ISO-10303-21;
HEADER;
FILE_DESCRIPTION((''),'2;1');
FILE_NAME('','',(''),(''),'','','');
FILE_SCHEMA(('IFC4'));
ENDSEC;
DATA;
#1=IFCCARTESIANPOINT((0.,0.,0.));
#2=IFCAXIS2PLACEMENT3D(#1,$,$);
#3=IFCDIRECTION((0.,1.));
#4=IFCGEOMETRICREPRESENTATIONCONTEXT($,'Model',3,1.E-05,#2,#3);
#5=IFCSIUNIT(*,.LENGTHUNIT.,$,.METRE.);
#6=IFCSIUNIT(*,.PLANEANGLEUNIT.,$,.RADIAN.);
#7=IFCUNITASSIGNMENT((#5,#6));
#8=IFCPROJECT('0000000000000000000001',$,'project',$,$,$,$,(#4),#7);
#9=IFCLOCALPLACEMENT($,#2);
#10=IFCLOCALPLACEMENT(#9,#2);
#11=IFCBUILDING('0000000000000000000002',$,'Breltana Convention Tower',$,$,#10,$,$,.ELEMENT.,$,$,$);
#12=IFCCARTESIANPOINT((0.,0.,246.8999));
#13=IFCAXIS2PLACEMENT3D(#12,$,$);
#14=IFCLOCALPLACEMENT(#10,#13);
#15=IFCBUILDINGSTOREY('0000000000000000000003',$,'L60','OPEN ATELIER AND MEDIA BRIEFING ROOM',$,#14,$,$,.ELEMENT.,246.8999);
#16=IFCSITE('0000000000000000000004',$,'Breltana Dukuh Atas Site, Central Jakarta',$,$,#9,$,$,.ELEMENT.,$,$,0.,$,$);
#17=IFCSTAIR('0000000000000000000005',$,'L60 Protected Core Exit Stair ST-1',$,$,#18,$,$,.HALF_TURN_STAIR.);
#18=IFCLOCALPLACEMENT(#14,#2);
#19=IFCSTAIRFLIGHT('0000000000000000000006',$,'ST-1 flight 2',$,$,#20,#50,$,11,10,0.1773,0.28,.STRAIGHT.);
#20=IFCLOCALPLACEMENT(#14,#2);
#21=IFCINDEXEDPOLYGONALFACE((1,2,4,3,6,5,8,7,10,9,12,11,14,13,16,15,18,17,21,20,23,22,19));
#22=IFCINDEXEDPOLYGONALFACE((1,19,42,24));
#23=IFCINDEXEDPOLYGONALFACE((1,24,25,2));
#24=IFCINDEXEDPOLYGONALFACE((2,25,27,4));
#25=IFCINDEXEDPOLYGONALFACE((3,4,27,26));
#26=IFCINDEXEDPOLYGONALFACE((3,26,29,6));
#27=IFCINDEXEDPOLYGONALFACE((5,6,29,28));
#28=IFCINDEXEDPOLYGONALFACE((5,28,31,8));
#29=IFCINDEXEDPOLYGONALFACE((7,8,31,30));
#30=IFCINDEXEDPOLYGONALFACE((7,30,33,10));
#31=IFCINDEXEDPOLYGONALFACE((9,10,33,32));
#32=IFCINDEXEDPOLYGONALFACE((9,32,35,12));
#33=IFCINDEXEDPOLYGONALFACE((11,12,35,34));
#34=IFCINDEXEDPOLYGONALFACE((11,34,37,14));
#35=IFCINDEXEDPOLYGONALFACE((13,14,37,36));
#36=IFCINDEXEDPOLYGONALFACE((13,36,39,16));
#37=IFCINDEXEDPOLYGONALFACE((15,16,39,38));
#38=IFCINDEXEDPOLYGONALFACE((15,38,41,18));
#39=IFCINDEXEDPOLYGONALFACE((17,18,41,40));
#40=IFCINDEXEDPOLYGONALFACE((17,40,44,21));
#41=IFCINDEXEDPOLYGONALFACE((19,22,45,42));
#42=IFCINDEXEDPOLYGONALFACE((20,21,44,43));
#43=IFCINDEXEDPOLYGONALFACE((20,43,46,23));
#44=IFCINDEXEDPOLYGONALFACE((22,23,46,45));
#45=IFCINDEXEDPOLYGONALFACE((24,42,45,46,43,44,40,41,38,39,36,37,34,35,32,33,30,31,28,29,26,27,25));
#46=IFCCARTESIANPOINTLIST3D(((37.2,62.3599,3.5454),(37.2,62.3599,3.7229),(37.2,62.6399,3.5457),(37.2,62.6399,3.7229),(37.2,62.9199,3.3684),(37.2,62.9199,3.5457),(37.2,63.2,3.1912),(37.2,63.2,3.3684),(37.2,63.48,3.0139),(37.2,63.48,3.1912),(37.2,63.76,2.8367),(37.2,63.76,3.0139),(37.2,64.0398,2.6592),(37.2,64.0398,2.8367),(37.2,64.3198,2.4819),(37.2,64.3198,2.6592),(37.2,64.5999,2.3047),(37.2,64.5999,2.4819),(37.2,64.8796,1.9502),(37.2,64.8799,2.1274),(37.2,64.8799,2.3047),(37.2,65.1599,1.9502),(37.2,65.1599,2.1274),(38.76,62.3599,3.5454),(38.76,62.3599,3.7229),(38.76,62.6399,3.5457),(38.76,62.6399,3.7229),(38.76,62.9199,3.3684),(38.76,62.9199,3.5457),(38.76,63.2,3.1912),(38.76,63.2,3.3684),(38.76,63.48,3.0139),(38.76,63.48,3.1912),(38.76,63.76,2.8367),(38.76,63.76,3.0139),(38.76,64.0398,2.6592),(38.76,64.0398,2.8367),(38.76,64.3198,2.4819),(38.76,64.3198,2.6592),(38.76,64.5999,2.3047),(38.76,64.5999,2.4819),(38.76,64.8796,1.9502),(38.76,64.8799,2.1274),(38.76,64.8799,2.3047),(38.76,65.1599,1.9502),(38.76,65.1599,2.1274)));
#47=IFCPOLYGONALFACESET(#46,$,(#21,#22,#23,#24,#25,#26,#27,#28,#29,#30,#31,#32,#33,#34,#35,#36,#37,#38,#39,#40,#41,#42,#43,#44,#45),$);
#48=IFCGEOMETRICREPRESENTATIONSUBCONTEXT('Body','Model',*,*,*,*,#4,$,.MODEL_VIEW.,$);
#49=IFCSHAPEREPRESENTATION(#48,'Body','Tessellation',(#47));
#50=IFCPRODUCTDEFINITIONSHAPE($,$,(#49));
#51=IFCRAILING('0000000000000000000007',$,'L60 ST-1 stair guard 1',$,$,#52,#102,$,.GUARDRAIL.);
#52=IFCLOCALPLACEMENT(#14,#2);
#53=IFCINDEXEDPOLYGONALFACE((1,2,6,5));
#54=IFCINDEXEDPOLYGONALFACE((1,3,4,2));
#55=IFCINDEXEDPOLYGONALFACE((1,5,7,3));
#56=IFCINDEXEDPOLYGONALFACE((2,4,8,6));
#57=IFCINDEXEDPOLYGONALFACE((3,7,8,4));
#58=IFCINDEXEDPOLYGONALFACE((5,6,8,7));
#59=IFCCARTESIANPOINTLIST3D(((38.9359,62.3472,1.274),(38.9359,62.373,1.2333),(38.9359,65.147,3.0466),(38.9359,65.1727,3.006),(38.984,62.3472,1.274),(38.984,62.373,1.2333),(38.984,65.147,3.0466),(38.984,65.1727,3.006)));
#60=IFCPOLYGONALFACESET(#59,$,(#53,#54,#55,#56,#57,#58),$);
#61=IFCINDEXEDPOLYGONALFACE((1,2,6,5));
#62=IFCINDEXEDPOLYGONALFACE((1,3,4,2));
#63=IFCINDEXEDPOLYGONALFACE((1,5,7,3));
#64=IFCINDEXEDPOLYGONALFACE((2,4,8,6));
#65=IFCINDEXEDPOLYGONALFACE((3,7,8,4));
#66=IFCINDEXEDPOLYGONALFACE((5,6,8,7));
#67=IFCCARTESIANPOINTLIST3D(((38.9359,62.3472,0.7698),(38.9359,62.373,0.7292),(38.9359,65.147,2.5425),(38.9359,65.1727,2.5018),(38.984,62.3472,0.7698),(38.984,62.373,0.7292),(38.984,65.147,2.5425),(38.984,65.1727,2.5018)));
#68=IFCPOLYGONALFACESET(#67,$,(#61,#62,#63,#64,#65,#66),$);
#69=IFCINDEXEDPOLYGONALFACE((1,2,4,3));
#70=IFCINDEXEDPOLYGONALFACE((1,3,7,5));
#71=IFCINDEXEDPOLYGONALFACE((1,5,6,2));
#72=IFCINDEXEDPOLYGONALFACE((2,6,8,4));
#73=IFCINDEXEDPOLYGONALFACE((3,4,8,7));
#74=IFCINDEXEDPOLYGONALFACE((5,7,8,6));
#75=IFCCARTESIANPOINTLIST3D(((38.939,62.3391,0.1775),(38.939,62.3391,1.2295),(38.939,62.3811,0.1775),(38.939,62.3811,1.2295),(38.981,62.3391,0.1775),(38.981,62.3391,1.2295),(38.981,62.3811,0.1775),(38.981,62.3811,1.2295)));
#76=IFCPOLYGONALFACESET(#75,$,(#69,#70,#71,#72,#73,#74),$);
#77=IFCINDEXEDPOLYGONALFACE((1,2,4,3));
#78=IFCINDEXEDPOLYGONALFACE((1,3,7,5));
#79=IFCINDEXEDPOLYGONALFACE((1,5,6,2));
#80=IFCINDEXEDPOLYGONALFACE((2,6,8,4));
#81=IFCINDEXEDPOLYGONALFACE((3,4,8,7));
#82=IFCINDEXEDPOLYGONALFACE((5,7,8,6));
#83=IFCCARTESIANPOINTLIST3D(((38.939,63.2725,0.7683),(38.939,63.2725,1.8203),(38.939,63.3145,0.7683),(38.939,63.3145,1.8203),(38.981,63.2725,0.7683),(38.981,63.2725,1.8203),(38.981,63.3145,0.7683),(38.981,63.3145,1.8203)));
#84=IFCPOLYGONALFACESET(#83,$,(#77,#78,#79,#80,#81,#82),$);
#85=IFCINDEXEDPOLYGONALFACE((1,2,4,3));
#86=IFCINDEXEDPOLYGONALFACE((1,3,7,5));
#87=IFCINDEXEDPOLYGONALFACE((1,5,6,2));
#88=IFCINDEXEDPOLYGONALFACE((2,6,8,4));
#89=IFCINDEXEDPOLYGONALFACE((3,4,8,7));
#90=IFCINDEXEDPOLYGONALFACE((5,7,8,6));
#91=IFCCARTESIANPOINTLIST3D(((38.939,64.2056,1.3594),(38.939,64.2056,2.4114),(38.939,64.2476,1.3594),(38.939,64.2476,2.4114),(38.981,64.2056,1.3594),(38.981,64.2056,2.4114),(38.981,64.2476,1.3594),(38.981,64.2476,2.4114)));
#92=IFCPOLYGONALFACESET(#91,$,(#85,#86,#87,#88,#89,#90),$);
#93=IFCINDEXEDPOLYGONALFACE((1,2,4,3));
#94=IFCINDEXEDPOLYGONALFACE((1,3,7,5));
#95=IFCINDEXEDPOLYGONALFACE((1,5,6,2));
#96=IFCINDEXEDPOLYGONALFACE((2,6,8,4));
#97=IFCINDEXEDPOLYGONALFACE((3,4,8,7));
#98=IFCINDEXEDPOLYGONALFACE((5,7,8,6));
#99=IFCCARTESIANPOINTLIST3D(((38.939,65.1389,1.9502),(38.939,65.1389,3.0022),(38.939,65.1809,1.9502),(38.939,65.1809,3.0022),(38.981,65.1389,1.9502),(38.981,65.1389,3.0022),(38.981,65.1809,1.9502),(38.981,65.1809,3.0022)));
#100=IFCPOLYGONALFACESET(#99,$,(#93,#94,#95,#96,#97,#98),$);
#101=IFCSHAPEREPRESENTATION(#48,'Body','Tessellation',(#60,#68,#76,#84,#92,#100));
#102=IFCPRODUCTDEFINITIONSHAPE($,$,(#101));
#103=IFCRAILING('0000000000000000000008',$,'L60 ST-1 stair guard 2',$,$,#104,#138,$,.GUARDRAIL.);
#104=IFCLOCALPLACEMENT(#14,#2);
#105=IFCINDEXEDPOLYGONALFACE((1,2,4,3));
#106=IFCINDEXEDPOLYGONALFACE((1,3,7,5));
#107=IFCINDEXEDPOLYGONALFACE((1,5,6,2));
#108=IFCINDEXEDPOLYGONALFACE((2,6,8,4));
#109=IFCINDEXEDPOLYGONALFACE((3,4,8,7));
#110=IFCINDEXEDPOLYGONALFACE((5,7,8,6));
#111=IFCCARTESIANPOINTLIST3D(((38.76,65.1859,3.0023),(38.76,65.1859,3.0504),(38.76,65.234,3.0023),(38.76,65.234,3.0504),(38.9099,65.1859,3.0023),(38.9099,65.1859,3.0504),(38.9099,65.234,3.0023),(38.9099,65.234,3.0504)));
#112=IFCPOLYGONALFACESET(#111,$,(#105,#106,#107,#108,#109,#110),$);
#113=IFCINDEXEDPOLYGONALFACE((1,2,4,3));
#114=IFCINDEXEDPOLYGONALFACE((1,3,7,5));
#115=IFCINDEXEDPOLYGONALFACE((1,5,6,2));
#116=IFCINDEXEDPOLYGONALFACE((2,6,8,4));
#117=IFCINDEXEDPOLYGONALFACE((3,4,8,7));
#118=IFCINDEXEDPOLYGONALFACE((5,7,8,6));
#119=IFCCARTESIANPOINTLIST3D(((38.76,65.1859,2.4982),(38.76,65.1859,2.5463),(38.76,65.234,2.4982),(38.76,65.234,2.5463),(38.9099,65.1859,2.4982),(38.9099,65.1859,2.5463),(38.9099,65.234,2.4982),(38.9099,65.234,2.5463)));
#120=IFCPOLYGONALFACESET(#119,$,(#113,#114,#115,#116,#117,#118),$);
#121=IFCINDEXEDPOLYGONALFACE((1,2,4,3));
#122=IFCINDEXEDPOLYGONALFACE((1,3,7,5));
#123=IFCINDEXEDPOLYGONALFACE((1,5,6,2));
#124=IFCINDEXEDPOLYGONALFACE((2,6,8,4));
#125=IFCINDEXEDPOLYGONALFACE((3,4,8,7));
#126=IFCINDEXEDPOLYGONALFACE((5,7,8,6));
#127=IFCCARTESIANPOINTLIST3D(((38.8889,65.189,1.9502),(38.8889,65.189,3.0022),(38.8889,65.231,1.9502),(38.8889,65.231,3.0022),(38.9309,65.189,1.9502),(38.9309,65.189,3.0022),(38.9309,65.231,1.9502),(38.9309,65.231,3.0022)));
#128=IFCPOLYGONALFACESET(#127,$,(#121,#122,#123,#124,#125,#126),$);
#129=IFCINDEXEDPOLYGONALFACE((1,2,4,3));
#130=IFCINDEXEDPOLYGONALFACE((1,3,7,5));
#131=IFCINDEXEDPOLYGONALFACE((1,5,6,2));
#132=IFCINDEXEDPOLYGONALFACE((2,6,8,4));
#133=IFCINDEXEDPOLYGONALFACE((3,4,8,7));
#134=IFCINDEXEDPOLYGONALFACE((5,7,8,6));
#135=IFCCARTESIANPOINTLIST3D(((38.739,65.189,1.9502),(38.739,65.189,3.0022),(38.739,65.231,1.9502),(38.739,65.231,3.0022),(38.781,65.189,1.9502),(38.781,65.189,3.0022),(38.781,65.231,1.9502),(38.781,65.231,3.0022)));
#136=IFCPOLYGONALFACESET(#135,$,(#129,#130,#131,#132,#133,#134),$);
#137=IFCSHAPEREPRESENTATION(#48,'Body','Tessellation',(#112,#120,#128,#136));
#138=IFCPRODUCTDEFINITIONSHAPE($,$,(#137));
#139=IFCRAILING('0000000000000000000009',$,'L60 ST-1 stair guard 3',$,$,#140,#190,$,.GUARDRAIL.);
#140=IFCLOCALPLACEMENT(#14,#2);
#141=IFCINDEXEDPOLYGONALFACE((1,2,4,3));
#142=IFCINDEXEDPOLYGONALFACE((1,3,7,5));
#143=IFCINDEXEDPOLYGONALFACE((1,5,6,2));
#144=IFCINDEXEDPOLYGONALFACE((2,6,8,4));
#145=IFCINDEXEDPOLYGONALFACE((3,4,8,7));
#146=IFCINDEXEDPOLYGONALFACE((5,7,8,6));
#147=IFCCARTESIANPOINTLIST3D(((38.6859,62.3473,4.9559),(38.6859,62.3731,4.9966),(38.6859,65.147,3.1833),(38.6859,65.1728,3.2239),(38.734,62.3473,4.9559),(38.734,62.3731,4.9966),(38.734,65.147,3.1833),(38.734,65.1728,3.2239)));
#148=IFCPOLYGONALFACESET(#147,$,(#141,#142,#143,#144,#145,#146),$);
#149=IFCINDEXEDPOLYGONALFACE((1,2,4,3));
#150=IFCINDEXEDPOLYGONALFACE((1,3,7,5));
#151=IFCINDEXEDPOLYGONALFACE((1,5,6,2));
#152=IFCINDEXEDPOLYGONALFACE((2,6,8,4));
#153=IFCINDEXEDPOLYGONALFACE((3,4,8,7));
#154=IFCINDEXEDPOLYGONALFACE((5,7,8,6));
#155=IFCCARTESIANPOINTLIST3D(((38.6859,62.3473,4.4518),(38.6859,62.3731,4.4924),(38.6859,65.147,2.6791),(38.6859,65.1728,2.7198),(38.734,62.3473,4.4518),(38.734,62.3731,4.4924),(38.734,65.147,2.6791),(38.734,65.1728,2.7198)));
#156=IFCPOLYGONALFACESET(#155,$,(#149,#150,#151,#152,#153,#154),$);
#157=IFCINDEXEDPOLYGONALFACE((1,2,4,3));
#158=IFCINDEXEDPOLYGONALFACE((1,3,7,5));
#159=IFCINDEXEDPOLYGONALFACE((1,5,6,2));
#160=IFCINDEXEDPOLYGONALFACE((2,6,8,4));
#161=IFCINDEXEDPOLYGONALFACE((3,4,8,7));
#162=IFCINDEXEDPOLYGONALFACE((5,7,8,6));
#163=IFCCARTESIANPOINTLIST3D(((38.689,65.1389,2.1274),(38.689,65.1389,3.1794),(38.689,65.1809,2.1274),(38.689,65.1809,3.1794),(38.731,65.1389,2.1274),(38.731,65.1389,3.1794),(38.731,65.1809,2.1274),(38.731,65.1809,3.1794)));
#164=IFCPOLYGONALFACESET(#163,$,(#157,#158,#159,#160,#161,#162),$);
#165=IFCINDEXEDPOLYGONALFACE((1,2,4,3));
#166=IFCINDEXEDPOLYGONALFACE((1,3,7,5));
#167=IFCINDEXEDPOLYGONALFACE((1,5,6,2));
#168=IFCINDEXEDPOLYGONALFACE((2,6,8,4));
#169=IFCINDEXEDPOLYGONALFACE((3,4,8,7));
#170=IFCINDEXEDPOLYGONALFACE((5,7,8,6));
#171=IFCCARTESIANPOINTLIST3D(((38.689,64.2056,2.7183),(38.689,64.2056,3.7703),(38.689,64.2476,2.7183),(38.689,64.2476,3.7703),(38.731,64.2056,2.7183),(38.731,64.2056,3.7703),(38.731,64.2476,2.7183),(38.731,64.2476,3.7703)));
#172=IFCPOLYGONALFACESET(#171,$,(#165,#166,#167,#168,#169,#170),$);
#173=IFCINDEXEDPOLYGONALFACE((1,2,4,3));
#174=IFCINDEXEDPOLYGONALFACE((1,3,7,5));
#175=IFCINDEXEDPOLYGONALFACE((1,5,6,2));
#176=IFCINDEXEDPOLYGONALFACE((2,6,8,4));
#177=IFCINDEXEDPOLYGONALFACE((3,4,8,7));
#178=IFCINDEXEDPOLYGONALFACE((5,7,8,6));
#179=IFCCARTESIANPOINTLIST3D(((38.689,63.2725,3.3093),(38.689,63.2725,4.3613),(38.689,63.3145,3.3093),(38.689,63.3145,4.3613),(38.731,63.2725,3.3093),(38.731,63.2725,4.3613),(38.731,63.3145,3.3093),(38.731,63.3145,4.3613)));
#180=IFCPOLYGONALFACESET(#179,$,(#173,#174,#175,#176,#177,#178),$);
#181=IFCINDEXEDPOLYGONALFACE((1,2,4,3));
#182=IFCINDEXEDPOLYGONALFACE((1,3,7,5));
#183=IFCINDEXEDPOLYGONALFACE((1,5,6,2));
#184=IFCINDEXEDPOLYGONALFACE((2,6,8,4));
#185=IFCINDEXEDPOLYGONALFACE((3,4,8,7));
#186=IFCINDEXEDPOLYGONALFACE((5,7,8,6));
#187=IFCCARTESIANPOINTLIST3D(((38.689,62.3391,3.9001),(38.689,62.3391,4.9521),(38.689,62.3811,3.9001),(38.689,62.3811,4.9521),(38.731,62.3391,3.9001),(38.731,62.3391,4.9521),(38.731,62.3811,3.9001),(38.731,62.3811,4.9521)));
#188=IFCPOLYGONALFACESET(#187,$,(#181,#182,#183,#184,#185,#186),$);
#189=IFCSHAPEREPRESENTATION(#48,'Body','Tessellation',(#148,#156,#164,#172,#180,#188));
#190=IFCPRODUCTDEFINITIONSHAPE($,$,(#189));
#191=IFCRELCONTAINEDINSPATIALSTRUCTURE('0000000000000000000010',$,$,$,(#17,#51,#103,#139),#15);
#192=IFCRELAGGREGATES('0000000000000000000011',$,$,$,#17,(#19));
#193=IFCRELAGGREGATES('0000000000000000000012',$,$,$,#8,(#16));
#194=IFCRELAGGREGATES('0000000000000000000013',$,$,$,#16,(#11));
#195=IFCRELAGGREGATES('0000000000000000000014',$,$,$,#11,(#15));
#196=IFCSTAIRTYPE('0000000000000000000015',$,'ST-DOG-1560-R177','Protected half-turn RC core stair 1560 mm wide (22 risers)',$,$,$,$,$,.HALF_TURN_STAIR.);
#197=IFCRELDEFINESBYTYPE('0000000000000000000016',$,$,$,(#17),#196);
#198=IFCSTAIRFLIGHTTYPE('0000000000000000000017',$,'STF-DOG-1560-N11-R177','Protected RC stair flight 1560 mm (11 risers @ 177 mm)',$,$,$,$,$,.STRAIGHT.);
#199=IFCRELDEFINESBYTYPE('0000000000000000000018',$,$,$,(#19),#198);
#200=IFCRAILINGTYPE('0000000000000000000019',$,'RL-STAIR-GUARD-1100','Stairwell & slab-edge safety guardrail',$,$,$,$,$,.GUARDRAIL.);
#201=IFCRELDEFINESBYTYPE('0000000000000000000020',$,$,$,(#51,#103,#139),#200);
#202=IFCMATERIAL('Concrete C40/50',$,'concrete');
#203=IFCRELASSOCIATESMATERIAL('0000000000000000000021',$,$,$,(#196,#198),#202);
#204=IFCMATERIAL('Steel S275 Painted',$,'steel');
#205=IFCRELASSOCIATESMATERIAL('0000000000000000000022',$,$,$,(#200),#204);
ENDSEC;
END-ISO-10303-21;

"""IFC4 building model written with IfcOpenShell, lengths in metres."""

from ifc_helpers import new_model, si_unit, direction, frame, origin, origin_2d, place, context, subcontext, project, spatial, polyline, rectangle, outline, extrude, material, type_object, element, aggregate, save


model = new_model("IFC4")

# Units and contexts
model_context = context("Model", 3, precision=1e-05, world=origin(), true_north=direction((0.0, 1.0)))
body_context = subcontext(model_context, "Body", "Model", "MODEL_VIEW")
ifc_project = project(units=[si_unit("LENGTHUNIT", "METRE"), si_unit("PLANEANGLEUNIT", "RADIAN")], contexts=[model_context])

# Site, building, storey
site_placement = place(None, origin())
site = spatial("IfcSite", under=ifc_project, at=site_placement, Name="Breltana Dukuh Atas Site, Central Jakarta", CompositionType="ELEMENT", RefElevation=0.0)
building_placement = place(site_placement, origin())
building = spatial("IfcBuilding", under=site, at=building_placement, Name="Breltana Convention Tower", CompositionType="ELEMENT")
storey_placement = place(building_placement, frame((0.0, 0.0, 246.8999)))
storey = spatial("IfcBuildingStorey", under=building, at=storey_placement, Name="L60", Description="OPEN ATELIER AND MEDIA BRIEFING ROOM", CompositionType="ELEMENT", Elevation=246.8999)

# Stair, stair flight
ifc_material_1 = material(Name="Concrete C40/50", Category="concrete")
stair_type = type_object("IfcStairType", Name="ST-DOG-1560-R177", Description="Protected half-turn RC core stair 1560 mm wide (22 risers)", PredefinedType="HALF_TURN_STAIR", material=ifc_material_1)
stair_placement = place(storey_placement, origin())
stair = element("IfcStair", 1, at=stair_placement, inside=storey, type_object=stair_type, Name="L60 Protected Core Exit Stair ST-1", PredefinedType="HALF_TURN_STAIR")
stair_flight_type = type_object("IfcStairFlightType", Name="STF-DOG-1560-N11-R177", Description="Protected RC stair flight 1560 mm (11 risers @ 177 mm)", PredefinedType="STRAIGHT", material=ifc_material_1)
stair_flight_1_placement = place(storey_placement, frame((37.98, 65.1599, 1.9502), z_axis=(0.0, 0.0, 1.0), x_axis=(0.0, -1.0, 0.0)))
stair_flight_1 = element("IfcStairFlight", 2, at=stair_flight_1_placement, type_object=stair_flight_type, Name="ST-1 flight 2", NumberOfRisers=11, NumberOfTreads=10, PredefinedType="STRAIGHT", RiserHeight=0.1773, TreadLength=0.28, context=body_context, shape_type="SweptSolid", body=[
    extrude(outline(polyline([(0.0, 0.0), (0.0, 0.1772), (0.28, 0.1772), (0.28, 0.3545), (0.5601, 0.3545), (0.5601, 0.5317), (0.8401, 0.5317), (0.8401, 0.709), (1.1201, 0.709), (1.1201, 0.8865), (1.3999, 0.8865), (1.3999, 1.0637), (1.6799, 1.0637), (1.6799, 1.241), (1.96, 1.241), (1.96, 1.4182), (2.24, 1.4182), (2.24, 1.5955), (2.52, 1.5955), (2.52, 1.7727), (2.8, 1.7727), (2.8, 1.95), (2.8, 1.5952), (0.2803, 0.0), (0.0, 0.0)])), frame((0.0, 0.78, 0.0), z_axis=(0.0, -1.0, 0.0), x_axis=(1.0, 0.0, 0.0)), (0.0, 0.0, 1.0), 1.5601),
])
aggregate(stair, [stair_flight_1])

# Railings
ifc_material_2 = material(Name="Steel S275 Painted", Category="steel")
railing_type_1 = type_object("IfcRailingType", Name="RL-STAIR-GUARD-1100", Description="Stairwell & slab-edge safety guardrail", PredefinedType="GUARDRAIL", material=ifc_material_2)
railing_1_placement = place(storey_placement, frame((38.96, 62.3601, 0.1775)))
element("IfcRailing", 3, at=railing_1_placement, inside=storey, type_object=railing_type_1, Name="L60 ST-1 stair guard 1", PredefinedType="GUARDRAIL", context=body_context, shape_type="SweptSolid", body=[
    extrude(rectangle(XDim=0.0481, YDim=0.0481, at=origin_2d()), frame((0.0, 0.0, 1.0762), z_axis=(0.0, 0.844888, 0.534943), x_axis=(-1.0, 0.0, 0.0)), (0.0, 0.0, 1.0), 3.3137),
    extrude(rectangle(XDim=0.0481, YDim=0.0481, at=origin_2d()), frame((0.0, 0.0, 0.572), z_axis=(0.0, 0.844888, 0.534943), x_axis=(-1.0, 0.0, 0.0)), (0.0, 0.0, 1.0), 3.3137),
    extrude(rectangle(XDim=0.042, YDim=0.042, at=origin_2d()), origin(), (0.0, 0.0, 1.0), 1.052),
    extrude(rectangle(XDim=0.042, YDim=0.042, at=origin_2d()), frame((0.0, 0.9333, 0.5908)), (0.0, 0.0, 1.0), 1.052),
    extrude(rectangle(XDim=0.042, YDim=0.042, at=origin_2d()), frame((0.0, 1.8665, 1.1819)), (0.0, 0.0, 1.0), 1.052),
    extrude(rectangle(XDim=0.042, YDim=0.042, at=origin_2d()), frame((0.0, 2.7998, 1.7727)), (0.0, 0.0, 1.0), 1.052),
])
railing_2_placement = place(storey_placement, frame((38.9099, 65.21, 1.9502)))
element("IfcRailing", 4, at=railing_2_placement, inside=storey, type_object=railing_type_1, Name="L60 ST-1 stair guard 2", PredefinedType="GUARDRAIL", context=body_context, shape_type="SweptSolid", body=[
    extrude(rectangle(XDim=0.0481, YDim=0.0481, at=origin_2d()), frame((0.0, 0.0, 1.0762), z_axis=(-1.0, 0.0, 0.0), x_axis=(0.0, -1.0, 0.0)), (0.0, 0.0, 1.0), 0.1499),
    extrude(rectangle(XDim=0.0481, YDim=0.0481, at=origin_2d()), frame((0.0, 0.0, 0.572), z_axis=(-1.0, 0.0, 0.0), x_axis=(0.0, -1.0, 0.0)), (0.0, 0.0, 1.0), 0.1499),
    extrude(rectangle(XDim=0.042, YDim=0.042, at=origin_2d()), origin(), (0.0, 0.0, 1.0), 1.052),
    extrude(rectangle(XDim=0.042, YDim=0.042, at=origin_2d()), frame((-0.1499, 0.0, 0.0)), (0.0, 0.0, 1.0), 1.052),
])
railing_3_placement = place(storey_placement, frame((38.71, 65.1599, 2.1274)))
element("IfcRailing", 5, at=railing_3_placement, inside=storey, type_object=railing_type_1, Name="L60 ST-1 stair guard 3", PredefinedType="GUARDRAIL", context=body_context, shape_type="SweptSolid", body=[
    extrude(rectangle(XDim=0.0481, YDim=0.0481, at=origin_2d()), frame((0.0, 0.0, 1.0762), z_axis=(0.0, -0.844888, 0.534943), x_axis=(1.0, 0.0, 0.0)), (0.0, 0.0, 1.0), 3.3137),
    extrude(rectangle(XDim=0.0481, YDim=0.0481, at=origin_2d()), frame((0.0, 0.0, 0.572), z_axis=(0.0, -0.844888, 0.534943), x_axis=(1.0, 0.0, 0.0)), (0.0, 0.0, 1.0), 3.3137),
    extrude(rectangle(XDim=0.042, YDim=0.042, at=origin_2d()), origin(), (0.0, 0.0, 1.0), 1.052),
    extrude(rectangle(XDim=0.042, YDim=0.042, at=origin_2d()), frame((0.0, -0.9333, 0.5908)), (0.0, 0.0, 1.0), 1.052),
    extrude(rectangle(XDim=0.042, YDim=0.042, at=origin_2d()), frame((0.0, -1.8665, 1.1819)), (0.0, 0.0, 1.0), 1.052),
    extrude(rectangle(XDim=0.042, YDim=0.042, at=origin_2d()), frame((0.0, -2.7998, 1.7727)), (0.0, 0.0, 1.0), 1.052),
])

save(model, "model.ifc")
